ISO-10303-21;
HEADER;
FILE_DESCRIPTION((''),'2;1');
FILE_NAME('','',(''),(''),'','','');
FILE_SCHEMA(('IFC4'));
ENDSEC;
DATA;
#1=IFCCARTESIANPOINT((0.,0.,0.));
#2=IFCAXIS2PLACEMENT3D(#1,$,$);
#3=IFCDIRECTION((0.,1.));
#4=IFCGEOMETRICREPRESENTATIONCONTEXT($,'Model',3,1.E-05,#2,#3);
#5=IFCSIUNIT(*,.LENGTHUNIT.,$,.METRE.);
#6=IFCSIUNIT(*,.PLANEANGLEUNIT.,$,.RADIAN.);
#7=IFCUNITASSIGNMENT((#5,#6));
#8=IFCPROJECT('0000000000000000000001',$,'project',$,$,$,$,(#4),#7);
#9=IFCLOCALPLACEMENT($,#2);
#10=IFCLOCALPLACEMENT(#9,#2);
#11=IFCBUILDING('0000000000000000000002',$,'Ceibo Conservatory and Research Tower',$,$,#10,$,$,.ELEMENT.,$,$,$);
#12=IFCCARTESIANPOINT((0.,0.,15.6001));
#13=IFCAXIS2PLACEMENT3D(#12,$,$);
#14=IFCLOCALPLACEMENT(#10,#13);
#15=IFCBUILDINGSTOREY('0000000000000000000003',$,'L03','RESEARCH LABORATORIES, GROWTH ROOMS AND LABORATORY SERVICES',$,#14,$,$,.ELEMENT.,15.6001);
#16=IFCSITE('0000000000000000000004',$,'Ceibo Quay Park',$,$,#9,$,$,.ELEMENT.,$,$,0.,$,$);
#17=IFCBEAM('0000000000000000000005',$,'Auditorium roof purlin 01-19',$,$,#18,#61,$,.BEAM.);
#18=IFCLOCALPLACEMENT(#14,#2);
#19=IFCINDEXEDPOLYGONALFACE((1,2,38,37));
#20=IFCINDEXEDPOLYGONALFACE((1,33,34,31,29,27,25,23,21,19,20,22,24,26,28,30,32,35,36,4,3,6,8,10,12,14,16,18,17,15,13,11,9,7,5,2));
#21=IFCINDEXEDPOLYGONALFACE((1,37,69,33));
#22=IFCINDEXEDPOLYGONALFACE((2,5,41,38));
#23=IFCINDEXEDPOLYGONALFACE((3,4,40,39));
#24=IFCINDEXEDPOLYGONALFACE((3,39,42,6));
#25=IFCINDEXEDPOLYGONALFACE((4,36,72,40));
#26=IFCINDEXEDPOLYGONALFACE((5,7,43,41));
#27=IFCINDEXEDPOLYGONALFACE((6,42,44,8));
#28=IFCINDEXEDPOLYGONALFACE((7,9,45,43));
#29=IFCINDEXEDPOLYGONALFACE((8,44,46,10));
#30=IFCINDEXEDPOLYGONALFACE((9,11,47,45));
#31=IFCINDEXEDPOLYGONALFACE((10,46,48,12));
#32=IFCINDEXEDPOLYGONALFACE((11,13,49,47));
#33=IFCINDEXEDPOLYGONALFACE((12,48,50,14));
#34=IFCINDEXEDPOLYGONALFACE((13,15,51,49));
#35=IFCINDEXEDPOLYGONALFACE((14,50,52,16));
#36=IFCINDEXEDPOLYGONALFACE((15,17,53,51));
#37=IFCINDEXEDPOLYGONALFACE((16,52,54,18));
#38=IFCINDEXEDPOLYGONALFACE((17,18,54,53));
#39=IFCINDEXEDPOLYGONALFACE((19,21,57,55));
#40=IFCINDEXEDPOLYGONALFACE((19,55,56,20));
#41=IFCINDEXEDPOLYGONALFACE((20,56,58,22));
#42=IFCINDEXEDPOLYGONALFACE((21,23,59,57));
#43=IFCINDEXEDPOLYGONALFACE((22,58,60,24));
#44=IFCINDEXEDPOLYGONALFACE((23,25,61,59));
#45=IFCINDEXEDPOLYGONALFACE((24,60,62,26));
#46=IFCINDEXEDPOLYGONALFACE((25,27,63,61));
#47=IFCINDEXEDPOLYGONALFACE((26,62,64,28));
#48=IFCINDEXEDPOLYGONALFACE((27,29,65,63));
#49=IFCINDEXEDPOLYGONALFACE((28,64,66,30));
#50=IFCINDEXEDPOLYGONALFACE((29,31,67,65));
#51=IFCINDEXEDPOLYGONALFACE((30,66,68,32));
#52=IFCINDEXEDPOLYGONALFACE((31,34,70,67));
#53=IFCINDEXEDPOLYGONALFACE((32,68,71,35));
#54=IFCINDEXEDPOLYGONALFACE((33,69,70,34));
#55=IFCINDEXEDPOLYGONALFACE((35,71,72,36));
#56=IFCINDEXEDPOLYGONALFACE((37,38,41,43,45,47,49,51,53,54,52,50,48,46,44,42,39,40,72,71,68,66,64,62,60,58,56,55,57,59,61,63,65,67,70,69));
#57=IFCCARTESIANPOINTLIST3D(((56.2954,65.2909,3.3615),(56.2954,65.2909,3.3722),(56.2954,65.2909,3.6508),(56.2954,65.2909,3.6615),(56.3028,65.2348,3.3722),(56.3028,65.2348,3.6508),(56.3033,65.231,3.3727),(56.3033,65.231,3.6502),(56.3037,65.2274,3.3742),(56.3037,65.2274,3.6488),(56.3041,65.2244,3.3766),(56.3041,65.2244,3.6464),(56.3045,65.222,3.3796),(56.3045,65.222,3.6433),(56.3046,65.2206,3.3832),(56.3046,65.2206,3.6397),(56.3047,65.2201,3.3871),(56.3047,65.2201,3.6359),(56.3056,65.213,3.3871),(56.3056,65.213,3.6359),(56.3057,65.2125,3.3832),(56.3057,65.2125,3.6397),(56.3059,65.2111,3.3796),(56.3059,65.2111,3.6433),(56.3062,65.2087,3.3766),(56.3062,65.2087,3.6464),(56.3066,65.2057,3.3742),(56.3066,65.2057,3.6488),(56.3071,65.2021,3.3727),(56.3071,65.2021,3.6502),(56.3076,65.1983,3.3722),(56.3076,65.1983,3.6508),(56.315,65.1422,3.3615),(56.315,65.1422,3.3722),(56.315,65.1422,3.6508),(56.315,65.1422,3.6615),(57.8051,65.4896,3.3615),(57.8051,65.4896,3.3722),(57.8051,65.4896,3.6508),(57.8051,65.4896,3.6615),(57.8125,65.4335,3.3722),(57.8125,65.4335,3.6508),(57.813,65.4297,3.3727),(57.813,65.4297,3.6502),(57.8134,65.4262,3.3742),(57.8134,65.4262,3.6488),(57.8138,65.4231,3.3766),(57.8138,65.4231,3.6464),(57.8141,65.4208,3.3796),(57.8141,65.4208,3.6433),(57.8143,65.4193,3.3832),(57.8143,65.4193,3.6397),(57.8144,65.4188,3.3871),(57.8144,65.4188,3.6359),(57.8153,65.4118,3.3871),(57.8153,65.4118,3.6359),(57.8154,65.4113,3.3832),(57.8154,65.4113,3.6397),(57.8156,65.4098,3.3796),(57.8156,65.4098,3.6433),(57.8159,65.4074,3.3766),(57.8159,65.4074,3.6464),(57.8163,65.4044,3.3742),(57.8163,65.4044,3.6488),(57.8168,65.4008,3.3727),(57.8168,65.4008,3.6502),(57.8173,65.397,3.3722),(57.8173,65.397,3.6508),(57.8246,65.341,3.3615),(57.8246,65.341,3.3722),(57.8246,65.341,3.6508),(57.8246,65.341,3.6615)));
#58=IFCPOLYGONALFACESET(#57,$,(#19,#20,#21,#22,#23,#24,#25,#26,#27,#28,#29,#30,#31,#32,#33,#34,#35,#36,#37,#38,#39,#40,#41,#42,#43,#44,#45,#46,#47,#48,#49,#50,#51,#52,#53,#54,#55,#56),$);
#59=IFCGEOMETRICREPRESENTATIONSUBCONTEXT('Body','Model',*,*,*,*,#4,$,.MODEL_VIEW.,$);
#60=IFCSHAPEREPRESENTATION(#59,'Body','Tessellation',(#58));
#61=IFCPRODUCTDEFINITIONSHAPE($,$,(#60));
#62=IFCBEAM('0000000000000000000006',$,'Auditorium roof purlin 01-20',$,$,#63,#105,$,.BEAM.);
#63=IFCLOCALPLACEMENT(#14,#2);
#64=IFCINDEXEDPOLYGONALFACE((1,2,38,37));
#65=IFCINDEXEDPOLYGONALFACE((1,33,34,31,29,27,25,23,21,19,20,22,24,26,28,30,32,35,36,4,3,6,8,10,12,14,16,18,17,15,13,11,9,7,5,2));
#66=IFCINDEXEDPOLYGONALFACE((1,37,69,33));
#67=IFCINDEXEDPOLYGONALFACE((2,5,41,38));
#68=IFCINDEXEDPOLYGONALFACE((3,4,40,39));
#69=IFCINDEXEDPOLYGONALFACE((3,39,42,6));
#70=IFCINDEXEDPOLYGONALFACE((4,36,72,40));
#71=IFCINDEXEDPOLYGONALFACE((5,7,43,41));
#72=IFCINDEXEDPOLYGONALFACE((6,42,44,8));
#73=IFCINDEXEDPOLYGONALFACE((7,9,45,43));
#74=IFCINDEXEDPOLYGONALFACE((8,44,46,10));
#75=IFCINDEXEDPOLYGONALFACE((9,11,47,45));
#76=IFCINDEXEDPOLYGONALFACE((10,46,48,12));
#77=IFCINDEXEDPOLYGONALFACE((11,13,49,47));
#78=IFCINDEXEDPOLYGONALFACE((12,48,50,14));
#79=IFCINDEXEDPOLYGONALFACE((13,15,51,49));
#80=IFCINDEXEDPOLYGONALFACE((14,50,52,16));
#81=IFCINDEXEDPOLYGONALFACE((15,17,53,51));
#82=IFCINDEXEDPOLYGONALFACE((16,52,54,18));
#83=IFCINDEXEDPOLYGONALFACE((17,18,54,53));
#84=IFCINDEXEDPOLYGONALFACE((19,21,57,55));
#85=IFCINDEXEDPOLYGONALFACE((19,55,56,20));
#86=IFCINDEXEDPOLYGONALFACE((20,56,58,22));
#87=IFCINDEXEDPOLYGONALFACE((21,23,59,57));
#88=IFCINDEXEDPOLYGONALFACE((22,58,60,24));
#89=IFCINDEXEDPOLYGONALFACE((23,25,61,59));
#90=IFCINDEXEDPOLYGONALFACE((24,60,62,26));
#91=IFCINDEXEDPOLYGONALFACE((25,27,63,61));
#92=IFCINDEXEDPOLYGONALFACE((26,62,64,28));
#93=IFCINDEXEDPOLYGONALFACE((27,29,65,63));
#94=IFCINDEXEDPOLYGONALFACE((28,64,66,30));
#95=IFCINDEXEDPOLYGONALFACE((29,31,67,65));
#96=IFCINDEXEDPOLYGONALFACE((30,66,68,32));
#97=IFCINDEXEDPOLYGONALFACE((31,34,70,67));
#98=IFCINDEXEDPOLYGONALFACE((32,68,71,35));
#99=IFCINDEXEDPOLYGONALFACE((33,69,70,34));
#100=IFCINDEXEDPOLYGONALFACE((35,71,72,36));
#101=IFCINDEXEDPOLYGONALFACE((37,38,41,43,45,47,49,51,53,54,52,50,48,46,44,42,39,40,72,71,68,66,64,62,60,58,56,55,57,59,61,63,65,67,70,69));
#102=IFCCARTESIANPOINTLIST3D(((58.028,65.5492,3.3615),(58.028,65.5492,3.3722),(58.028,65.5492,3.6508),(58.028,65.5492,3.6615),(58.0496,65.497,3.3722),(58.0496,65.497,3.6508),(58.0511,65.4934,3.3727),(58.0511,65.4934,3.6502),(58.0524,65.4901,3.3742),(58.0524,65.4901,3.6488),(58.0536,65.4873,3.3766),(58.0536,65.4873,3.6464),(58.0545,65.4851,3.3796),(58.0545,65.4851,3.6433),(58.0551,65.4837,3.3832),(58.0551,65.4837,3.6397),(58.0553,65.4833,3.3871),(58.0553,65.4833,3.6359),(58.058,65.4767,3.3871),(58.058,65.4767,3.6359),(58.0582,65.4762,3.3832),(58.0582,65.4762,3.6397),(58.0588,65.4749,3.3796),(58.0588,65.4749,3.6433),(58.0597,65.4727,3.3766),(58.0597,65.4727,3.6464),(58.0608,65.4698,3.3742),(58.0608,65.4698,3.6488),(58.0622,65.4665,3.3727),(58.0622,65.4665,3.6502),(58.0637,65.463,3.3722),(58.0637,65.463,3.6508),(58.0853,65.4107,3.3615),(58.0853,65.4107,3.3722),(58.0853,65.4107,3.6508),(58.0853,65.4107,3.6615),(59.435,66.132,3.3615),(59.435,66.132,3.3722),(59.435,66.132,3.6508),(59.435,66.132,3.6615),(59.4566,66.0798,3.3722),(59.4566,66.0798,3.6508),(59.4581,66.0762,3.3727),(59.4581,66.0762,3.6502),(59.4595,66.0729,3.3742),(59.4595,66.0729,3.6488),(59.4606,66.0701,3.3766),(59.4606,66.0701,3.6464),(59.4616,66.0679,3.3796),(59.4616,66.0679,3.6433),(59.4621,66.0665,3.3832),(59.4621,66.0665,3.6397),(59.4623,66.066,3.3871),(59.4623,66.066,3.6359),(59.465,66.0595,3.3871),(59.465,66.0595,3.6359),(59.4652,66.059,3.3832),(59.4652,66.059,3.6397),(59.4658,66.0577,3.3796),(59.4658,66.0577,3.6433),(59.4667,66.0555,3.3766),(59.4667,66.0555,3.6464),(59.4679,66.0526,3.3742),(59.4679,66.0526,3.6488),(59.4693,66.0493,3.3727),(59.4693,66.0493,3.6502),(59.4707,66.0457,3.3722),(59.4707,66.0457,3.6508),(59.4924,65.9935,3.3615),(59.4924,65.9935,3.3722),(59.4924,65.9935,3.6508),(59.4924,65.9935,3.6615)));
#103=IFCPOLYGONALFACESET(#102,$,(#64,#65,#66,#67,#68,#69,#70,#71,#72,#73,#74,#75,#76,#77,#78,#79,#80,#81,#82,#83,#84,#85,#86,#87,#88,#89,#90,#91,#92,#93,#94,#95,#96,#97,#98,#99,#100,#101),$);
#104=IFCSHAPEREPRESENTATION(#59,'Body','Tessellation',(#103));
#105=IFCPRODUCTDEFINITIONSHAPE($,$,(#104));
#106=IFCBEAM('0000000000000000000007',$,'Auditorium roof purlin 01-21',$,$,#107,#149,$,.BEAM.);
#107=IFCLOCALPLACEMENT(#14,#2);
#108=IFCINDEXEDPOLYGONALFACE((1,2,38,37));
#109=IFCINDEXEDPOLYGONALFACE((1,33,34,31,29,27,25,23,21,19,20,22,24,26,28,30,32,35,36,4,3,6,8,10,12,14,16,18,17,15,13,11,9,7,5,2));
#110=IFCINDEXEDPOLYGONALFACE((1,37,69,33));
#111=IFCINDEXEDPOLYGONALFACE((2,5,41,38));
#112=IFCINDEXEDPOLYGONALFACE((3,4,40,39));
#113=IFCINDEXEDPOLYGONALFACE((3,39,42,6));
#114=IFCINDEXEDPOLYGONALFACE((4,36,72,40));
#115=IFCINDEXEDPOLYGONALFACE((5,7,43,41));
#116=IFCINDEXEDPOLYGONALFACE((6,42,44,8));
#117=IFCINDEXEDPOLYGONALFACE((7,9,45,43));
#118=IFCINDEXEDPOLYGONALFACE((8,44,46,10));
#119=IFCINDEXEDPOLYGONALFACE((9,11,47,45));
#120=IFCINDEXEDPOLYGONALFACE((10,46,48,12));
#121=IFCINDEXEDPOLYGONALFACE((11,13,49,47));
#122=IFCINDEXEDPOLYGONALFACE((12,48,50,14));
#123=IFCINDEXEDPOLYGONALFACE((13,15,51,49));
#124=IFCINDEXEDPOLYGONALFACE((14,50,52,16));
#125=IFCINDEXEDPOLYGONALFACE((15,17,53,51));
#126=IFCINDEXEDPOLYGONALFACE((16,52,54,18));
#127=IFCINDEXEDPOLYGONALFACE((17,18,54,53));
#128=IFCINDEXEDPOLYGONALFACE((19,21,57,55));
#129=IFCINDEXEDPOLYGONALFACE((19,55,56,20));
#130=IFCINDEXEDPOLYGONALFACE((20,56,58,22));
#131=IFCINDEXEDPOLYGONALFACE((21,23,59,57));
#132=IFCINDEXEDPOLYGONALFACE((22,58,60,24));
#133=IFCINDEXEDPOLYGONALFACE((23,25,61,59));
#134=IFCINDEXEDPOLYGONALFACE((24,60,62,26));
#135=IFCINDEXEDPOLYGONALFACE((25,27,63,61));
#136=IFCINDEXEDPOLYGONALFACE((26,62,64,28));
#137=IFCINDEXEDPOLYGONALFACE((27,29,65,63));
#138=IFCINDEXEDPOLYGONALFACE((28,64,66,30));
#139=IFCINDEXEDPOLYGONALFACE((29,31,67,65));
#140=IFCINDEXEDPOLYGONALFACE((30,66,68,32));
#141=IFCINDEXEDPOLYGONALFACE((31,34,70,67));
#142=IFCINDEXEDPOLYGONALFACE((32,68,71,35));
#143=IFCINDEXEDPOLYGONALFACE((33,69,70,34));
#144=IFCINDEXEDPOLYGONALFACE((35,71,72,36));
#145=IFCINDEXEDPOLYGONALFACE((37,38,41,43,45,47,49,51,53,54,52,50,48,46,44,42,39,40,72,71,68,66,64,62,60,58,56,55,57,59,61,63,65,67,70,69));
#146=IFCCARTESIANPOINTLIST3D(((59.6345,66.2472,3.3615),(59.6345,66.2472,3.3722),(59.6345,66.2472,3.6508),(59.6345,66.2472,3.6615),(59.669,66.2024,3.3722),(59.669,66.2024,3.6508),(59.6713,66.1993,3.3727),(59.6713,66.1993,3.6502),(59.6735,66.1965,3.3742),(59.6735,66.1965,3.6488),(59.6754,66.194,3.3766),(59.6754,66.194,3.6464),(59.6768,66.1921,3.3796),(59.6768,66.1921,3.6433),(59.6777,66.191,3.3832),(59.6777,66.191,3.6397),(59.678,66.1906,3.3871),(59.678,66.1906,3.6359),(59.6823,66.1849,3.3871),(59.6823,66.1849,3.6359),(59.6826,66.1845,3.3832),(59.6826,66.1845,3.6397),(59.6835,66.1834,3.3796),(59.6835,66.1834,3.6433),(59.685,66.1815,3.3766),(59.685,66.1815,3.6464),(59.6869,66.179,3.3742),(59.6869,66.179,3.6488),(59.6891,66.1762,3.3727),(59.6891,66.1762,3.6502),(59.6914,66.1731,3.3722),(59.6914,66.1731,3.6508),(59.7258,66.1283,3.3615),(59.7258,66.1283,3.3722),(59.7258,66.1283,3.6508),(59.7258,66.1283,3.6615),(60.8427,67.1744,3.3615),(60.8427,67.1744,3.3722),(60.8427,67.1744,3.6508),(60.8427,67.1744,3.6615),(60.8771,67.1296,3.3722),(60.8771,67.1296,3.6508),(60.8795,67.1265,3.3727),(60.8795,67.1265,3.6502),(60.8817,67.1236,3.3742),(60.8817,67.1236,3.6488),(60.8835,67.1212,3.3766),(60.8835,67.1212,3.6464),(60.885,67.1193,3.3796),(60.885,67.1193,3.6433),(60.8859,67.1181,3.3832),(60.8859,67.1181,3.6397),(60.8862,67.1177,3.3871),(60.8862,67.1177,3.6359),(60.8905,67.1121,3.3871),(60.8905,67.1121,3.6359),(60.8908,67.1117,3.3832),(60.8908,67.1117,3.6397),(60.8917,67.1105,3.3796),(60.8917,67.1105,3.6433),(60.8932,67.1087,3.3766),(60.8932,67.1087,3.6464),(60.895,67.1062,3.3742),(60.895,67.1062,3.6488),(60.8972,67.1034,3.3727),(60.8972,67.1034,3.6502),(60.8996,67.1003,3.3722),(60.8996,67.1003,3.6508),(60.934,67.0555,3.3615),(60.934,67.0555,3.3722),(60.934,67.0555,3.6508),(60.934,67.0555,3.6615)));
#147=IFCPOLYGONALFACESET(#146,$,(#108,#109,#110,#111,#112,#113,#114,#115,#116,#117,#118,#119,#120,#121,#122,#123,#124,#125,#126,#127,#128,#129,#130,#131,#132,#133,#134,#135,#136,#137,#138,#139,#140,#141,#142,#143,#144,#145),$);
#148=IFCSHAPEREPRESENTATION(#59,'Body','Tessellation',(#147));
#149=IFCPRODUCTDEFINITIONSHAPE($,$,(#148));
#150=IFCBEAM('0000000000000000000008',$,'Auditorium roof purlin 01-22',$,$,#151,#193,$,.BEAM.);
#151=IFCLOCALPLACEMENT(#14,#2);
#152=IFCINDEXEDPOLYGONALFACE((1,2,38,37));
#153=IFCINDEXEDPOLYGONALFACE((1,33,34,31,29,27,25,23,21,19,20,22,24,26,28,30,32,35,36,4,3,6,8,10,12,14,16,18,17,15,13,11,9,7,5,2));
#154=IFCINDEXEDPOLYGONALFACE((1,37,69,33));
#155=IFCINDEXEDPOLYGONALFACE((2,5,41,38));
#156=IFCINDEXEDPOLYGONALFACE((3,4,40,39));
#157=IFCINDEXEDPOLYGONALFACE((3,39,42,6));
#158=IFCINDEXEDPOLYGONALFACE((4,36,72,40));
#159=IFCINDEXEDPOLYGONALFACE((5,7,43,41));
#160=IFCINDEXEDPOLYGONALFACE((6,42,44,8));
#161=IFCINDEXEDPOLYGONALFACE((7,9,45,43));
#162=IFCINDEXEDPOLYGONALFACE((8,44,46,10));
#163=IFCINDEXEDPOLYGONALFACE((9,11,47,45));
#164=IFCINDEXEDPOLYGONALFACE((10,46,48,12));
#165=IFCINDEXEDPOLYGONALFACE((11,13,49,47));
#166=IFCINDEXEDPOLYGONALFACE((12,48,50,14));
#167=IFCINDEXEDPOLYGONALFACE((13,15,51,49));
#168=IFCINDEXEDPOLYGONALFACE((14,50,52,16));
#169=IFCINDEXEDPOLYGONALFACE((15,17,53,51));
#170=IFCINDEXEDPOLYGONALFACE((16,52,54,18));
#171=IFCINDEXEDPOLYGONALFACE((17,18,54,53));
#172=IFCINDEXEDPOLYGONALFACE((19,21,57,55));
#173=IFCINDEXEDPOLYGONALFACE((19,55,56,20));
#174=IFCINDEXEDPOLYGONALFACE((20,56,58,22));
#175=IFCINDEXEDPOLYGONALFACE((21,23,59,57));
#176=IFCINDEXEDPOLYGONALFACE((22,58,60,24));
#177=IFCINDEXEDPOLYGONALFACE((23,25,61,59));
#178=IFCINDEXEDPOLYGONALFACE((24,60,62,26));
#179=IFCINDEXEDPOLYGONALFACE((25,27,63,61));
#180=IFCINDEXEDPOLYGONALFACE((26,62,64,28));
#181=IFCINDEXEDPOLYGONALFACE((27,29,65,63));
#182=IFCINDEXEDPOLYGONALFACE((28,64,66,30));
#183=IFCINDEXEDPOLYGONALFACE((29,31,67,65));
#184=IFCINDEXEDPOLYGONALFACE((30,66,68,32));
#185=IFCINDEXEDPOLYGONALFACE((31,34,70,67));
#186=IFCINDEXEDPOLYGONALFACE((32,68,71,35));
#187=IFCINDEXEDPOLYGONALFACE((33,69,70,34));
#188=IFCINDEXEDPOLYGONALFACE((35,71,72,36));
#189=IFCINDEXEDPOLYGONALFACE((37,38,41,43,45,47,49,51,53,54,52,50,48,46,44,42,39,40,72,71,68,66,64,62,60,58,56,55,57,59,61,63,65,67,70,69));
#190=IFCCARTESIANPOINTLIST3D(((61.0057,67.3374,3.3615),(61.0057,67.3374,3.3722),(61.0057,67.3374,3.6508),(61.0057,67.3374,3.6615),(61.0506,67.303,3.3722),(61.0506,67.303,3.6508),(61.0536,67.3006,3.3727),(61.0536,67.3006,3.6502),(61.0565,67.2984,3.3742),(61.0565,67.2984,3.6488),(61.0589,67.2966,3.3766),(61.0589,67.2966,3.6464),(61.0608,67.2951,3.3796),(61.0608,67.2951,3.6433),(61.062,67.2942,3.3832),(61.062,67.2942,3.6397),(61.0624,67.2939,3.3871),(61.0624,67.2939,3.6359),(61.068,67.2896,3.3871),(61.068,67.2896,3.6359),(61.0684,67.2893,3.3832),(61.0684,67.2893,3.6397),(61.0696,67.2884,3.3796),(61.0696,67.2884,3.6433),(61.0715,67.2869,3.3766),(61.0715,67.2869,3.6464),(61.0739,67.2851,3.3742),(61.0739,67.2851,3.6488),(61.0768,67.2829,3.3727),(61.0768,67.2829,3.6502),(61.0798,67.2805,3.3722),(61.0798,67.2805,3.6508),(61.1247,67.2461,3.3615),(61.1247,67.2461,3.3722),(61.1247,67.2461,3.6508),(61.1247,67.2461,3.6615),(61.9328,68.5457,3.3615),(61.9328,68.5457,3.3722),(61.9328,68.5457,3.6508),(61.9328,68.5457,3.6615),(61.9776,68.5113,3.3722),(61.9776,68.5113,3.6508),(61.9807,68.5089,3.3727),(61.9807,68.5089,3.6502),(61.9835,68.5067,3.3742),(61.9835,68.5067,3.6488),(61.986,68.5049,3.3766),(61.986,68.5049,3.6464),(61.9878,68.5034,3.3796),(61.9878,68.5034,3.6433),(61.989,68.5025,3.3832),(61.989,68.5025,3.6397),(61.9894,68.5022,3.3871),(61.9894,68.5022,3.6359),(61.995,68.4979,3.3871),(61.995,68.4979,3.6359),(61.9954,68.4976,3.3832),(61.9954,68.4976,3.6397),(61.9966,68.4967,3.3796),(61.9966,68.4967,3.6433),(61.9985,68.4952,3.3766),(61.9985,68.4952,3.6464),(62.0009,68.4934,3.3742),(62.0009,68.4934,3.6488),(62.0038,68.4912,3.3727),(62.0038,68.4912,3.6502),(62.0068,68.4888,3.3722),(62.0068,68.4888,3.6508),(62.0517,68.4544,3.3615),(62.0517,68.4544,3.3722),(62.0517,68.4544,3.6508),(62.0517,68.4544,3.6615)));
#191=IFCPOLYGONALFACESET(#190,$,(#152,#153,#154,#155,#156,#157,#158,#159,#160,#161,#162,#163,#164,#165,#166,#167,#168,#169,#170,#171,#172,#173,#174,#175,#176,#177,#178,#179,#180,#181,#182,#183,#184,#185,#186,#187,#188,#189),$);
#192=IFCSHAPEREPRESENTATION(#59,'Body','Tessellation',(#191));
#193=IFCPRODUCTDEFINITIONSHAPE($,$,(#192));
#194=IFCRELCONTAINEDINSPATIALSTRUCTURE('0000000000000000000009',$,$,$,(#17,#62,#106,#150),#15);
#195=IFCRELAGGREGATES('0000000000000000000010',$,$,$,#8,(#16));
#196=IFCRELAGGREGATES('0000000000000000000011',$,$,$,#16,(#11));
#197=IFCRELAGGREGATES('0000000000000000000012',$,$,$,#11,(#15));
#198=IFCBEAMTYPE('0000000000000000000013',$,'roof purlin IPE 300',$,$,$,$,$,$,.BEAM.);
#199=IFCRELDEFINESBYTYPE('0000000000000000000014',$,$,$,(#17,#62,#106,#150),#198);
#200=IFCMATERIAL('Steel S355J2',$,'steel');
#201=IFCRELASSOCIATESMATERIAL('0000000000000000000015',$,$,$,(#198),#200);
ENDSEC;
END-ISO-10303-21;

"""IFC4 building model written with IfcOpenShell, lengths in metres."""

from ifc_helpers import new_model, si_unit, direction, frame, origin, origin_2d, place, context, subcontext, project, spatial, i_section, extrude, material, material_profile, profile_set, type_object, element, save


model = new_model("IFC4")

# Units and contexts
model_context = context("Model", 3, precision=1e-05, world=origin(), true_north=direction((0.0, 1.0)))
body_context = subcontext(model_context, "Body", "Model", "MODEL_VIEW")
ifc_project = project(units=[si_unit("LENGTHUNIT", "METRE"), si_unit("PLANEANGLEUNIT", "RADIAN")], contexts=[model_context])

# Site, building, storey
site_placement = place(None, origin())
site = spatial("IfcSite", under=ifc_project, at=site_placement, Name="Ceibo Quay Park", CompositionType="ELEMENT", RefElevation=0.0)
building_placement = place(site_placement, origin())
building = spatial("IfcBuilding", under=site, at=building_placement, Name="Ceibo Conservatory and Research Tower", CompositionType="ELEMENT")
storey_placement = place(building_placement, frame((0.0, 0.0, 15.6001)))
storey = spatial("IfcBuildingStorey", under=building, at=storey_placement, Name="L03", Description="RESEARCH LABORATORIES, GROWTH ROOMS AND LABORATORY SERVICES", CompositionType="ELEMENT", Elevation=15.6001)

# Beams
ifc_material_1 = material(Name="Steel S355J2", Category="steel")
ifc_material_profile_1 = material_profile(ifc_material_1, i_section(OverallWidth=0.1499, OverallDepth=0.3, WebThickness=0.0071, FlangeThickness=0.0107, FilletRadius=0.0149, at=origin_2d()), Name="IPE 300")
ifc_profile_set_1 = profile_set([ifc_material_profile_1], Name="Steel S355J2")
beam_type_1 = type_object("IfcBeamType", Name="roof purlin IPE 300", PredefinedType="BEAM", material=ifc_profile_set_1)
beam_1_placement = place(storey_placement, frame((56.3052, 65.2166, 3.5115), z_axis=(0.991448, 0.130504, 0.0), x_axis=(-0.130504, 0.991448, 0.0)))
element("IfcBeam", 1, at=beam_1_placement, inside=storey, type_object=beam_type_1, Name="Auditorium roof purlin 01-19", PredefinedType="BEAM", context=body_context, shape_type="SweptSolid", body=[
    extrude(i_section(OverallWidth=0.1499, OverallDepth=0.3, WebThickness=0.0071, FlangeThickness=0.0107, FilletRadius=0.0149, at=origin_2d()), origin(), (0.0, 0.0, 1.0), 1.5227),
])
for number, where, z_axis, x_axis, name in (
    (2, (58.0566, 65.48, 3.5115), (0.923886, 0.382668, 0.0), (-0.382668, 0.923886, 0.0), "Auditorium roof purlin 01-20"),
    (3, (59.6802, 66.1877, 3.5115), (0.793315, 0.608812, 0.0), (-0.608812, 0.793315, 0.0), "Auditorium roof purlin 01-21"),
    (4, (61.0652, 67.2917, 3.5115), (0.608711, 0.793392, 0.0), (-0.793392, 0.608711, 0.0), "Auditorium roof purlin 01-22"),
):
    element("IfcBeam", number, at=place(storey_placement, frame(where, z_axis=z_axis, x_axis=x_axis)), inside=storey, type_object=beam_type_1, Name=name, PredefinedType="BEAM", context=body_context, shape_type="SweptSolid", body=[
        extrude(i_section(OverallWidth=0.1499, OverallDepth=0.3, WebThickness=0.0071, FlangeThickness=0.0107, FilletRadius=0.0149, at=origin_2d()), origin(), (0.0, 0.0, 1.0), 1.5229),
    ])

save(model, "model.ifc")
